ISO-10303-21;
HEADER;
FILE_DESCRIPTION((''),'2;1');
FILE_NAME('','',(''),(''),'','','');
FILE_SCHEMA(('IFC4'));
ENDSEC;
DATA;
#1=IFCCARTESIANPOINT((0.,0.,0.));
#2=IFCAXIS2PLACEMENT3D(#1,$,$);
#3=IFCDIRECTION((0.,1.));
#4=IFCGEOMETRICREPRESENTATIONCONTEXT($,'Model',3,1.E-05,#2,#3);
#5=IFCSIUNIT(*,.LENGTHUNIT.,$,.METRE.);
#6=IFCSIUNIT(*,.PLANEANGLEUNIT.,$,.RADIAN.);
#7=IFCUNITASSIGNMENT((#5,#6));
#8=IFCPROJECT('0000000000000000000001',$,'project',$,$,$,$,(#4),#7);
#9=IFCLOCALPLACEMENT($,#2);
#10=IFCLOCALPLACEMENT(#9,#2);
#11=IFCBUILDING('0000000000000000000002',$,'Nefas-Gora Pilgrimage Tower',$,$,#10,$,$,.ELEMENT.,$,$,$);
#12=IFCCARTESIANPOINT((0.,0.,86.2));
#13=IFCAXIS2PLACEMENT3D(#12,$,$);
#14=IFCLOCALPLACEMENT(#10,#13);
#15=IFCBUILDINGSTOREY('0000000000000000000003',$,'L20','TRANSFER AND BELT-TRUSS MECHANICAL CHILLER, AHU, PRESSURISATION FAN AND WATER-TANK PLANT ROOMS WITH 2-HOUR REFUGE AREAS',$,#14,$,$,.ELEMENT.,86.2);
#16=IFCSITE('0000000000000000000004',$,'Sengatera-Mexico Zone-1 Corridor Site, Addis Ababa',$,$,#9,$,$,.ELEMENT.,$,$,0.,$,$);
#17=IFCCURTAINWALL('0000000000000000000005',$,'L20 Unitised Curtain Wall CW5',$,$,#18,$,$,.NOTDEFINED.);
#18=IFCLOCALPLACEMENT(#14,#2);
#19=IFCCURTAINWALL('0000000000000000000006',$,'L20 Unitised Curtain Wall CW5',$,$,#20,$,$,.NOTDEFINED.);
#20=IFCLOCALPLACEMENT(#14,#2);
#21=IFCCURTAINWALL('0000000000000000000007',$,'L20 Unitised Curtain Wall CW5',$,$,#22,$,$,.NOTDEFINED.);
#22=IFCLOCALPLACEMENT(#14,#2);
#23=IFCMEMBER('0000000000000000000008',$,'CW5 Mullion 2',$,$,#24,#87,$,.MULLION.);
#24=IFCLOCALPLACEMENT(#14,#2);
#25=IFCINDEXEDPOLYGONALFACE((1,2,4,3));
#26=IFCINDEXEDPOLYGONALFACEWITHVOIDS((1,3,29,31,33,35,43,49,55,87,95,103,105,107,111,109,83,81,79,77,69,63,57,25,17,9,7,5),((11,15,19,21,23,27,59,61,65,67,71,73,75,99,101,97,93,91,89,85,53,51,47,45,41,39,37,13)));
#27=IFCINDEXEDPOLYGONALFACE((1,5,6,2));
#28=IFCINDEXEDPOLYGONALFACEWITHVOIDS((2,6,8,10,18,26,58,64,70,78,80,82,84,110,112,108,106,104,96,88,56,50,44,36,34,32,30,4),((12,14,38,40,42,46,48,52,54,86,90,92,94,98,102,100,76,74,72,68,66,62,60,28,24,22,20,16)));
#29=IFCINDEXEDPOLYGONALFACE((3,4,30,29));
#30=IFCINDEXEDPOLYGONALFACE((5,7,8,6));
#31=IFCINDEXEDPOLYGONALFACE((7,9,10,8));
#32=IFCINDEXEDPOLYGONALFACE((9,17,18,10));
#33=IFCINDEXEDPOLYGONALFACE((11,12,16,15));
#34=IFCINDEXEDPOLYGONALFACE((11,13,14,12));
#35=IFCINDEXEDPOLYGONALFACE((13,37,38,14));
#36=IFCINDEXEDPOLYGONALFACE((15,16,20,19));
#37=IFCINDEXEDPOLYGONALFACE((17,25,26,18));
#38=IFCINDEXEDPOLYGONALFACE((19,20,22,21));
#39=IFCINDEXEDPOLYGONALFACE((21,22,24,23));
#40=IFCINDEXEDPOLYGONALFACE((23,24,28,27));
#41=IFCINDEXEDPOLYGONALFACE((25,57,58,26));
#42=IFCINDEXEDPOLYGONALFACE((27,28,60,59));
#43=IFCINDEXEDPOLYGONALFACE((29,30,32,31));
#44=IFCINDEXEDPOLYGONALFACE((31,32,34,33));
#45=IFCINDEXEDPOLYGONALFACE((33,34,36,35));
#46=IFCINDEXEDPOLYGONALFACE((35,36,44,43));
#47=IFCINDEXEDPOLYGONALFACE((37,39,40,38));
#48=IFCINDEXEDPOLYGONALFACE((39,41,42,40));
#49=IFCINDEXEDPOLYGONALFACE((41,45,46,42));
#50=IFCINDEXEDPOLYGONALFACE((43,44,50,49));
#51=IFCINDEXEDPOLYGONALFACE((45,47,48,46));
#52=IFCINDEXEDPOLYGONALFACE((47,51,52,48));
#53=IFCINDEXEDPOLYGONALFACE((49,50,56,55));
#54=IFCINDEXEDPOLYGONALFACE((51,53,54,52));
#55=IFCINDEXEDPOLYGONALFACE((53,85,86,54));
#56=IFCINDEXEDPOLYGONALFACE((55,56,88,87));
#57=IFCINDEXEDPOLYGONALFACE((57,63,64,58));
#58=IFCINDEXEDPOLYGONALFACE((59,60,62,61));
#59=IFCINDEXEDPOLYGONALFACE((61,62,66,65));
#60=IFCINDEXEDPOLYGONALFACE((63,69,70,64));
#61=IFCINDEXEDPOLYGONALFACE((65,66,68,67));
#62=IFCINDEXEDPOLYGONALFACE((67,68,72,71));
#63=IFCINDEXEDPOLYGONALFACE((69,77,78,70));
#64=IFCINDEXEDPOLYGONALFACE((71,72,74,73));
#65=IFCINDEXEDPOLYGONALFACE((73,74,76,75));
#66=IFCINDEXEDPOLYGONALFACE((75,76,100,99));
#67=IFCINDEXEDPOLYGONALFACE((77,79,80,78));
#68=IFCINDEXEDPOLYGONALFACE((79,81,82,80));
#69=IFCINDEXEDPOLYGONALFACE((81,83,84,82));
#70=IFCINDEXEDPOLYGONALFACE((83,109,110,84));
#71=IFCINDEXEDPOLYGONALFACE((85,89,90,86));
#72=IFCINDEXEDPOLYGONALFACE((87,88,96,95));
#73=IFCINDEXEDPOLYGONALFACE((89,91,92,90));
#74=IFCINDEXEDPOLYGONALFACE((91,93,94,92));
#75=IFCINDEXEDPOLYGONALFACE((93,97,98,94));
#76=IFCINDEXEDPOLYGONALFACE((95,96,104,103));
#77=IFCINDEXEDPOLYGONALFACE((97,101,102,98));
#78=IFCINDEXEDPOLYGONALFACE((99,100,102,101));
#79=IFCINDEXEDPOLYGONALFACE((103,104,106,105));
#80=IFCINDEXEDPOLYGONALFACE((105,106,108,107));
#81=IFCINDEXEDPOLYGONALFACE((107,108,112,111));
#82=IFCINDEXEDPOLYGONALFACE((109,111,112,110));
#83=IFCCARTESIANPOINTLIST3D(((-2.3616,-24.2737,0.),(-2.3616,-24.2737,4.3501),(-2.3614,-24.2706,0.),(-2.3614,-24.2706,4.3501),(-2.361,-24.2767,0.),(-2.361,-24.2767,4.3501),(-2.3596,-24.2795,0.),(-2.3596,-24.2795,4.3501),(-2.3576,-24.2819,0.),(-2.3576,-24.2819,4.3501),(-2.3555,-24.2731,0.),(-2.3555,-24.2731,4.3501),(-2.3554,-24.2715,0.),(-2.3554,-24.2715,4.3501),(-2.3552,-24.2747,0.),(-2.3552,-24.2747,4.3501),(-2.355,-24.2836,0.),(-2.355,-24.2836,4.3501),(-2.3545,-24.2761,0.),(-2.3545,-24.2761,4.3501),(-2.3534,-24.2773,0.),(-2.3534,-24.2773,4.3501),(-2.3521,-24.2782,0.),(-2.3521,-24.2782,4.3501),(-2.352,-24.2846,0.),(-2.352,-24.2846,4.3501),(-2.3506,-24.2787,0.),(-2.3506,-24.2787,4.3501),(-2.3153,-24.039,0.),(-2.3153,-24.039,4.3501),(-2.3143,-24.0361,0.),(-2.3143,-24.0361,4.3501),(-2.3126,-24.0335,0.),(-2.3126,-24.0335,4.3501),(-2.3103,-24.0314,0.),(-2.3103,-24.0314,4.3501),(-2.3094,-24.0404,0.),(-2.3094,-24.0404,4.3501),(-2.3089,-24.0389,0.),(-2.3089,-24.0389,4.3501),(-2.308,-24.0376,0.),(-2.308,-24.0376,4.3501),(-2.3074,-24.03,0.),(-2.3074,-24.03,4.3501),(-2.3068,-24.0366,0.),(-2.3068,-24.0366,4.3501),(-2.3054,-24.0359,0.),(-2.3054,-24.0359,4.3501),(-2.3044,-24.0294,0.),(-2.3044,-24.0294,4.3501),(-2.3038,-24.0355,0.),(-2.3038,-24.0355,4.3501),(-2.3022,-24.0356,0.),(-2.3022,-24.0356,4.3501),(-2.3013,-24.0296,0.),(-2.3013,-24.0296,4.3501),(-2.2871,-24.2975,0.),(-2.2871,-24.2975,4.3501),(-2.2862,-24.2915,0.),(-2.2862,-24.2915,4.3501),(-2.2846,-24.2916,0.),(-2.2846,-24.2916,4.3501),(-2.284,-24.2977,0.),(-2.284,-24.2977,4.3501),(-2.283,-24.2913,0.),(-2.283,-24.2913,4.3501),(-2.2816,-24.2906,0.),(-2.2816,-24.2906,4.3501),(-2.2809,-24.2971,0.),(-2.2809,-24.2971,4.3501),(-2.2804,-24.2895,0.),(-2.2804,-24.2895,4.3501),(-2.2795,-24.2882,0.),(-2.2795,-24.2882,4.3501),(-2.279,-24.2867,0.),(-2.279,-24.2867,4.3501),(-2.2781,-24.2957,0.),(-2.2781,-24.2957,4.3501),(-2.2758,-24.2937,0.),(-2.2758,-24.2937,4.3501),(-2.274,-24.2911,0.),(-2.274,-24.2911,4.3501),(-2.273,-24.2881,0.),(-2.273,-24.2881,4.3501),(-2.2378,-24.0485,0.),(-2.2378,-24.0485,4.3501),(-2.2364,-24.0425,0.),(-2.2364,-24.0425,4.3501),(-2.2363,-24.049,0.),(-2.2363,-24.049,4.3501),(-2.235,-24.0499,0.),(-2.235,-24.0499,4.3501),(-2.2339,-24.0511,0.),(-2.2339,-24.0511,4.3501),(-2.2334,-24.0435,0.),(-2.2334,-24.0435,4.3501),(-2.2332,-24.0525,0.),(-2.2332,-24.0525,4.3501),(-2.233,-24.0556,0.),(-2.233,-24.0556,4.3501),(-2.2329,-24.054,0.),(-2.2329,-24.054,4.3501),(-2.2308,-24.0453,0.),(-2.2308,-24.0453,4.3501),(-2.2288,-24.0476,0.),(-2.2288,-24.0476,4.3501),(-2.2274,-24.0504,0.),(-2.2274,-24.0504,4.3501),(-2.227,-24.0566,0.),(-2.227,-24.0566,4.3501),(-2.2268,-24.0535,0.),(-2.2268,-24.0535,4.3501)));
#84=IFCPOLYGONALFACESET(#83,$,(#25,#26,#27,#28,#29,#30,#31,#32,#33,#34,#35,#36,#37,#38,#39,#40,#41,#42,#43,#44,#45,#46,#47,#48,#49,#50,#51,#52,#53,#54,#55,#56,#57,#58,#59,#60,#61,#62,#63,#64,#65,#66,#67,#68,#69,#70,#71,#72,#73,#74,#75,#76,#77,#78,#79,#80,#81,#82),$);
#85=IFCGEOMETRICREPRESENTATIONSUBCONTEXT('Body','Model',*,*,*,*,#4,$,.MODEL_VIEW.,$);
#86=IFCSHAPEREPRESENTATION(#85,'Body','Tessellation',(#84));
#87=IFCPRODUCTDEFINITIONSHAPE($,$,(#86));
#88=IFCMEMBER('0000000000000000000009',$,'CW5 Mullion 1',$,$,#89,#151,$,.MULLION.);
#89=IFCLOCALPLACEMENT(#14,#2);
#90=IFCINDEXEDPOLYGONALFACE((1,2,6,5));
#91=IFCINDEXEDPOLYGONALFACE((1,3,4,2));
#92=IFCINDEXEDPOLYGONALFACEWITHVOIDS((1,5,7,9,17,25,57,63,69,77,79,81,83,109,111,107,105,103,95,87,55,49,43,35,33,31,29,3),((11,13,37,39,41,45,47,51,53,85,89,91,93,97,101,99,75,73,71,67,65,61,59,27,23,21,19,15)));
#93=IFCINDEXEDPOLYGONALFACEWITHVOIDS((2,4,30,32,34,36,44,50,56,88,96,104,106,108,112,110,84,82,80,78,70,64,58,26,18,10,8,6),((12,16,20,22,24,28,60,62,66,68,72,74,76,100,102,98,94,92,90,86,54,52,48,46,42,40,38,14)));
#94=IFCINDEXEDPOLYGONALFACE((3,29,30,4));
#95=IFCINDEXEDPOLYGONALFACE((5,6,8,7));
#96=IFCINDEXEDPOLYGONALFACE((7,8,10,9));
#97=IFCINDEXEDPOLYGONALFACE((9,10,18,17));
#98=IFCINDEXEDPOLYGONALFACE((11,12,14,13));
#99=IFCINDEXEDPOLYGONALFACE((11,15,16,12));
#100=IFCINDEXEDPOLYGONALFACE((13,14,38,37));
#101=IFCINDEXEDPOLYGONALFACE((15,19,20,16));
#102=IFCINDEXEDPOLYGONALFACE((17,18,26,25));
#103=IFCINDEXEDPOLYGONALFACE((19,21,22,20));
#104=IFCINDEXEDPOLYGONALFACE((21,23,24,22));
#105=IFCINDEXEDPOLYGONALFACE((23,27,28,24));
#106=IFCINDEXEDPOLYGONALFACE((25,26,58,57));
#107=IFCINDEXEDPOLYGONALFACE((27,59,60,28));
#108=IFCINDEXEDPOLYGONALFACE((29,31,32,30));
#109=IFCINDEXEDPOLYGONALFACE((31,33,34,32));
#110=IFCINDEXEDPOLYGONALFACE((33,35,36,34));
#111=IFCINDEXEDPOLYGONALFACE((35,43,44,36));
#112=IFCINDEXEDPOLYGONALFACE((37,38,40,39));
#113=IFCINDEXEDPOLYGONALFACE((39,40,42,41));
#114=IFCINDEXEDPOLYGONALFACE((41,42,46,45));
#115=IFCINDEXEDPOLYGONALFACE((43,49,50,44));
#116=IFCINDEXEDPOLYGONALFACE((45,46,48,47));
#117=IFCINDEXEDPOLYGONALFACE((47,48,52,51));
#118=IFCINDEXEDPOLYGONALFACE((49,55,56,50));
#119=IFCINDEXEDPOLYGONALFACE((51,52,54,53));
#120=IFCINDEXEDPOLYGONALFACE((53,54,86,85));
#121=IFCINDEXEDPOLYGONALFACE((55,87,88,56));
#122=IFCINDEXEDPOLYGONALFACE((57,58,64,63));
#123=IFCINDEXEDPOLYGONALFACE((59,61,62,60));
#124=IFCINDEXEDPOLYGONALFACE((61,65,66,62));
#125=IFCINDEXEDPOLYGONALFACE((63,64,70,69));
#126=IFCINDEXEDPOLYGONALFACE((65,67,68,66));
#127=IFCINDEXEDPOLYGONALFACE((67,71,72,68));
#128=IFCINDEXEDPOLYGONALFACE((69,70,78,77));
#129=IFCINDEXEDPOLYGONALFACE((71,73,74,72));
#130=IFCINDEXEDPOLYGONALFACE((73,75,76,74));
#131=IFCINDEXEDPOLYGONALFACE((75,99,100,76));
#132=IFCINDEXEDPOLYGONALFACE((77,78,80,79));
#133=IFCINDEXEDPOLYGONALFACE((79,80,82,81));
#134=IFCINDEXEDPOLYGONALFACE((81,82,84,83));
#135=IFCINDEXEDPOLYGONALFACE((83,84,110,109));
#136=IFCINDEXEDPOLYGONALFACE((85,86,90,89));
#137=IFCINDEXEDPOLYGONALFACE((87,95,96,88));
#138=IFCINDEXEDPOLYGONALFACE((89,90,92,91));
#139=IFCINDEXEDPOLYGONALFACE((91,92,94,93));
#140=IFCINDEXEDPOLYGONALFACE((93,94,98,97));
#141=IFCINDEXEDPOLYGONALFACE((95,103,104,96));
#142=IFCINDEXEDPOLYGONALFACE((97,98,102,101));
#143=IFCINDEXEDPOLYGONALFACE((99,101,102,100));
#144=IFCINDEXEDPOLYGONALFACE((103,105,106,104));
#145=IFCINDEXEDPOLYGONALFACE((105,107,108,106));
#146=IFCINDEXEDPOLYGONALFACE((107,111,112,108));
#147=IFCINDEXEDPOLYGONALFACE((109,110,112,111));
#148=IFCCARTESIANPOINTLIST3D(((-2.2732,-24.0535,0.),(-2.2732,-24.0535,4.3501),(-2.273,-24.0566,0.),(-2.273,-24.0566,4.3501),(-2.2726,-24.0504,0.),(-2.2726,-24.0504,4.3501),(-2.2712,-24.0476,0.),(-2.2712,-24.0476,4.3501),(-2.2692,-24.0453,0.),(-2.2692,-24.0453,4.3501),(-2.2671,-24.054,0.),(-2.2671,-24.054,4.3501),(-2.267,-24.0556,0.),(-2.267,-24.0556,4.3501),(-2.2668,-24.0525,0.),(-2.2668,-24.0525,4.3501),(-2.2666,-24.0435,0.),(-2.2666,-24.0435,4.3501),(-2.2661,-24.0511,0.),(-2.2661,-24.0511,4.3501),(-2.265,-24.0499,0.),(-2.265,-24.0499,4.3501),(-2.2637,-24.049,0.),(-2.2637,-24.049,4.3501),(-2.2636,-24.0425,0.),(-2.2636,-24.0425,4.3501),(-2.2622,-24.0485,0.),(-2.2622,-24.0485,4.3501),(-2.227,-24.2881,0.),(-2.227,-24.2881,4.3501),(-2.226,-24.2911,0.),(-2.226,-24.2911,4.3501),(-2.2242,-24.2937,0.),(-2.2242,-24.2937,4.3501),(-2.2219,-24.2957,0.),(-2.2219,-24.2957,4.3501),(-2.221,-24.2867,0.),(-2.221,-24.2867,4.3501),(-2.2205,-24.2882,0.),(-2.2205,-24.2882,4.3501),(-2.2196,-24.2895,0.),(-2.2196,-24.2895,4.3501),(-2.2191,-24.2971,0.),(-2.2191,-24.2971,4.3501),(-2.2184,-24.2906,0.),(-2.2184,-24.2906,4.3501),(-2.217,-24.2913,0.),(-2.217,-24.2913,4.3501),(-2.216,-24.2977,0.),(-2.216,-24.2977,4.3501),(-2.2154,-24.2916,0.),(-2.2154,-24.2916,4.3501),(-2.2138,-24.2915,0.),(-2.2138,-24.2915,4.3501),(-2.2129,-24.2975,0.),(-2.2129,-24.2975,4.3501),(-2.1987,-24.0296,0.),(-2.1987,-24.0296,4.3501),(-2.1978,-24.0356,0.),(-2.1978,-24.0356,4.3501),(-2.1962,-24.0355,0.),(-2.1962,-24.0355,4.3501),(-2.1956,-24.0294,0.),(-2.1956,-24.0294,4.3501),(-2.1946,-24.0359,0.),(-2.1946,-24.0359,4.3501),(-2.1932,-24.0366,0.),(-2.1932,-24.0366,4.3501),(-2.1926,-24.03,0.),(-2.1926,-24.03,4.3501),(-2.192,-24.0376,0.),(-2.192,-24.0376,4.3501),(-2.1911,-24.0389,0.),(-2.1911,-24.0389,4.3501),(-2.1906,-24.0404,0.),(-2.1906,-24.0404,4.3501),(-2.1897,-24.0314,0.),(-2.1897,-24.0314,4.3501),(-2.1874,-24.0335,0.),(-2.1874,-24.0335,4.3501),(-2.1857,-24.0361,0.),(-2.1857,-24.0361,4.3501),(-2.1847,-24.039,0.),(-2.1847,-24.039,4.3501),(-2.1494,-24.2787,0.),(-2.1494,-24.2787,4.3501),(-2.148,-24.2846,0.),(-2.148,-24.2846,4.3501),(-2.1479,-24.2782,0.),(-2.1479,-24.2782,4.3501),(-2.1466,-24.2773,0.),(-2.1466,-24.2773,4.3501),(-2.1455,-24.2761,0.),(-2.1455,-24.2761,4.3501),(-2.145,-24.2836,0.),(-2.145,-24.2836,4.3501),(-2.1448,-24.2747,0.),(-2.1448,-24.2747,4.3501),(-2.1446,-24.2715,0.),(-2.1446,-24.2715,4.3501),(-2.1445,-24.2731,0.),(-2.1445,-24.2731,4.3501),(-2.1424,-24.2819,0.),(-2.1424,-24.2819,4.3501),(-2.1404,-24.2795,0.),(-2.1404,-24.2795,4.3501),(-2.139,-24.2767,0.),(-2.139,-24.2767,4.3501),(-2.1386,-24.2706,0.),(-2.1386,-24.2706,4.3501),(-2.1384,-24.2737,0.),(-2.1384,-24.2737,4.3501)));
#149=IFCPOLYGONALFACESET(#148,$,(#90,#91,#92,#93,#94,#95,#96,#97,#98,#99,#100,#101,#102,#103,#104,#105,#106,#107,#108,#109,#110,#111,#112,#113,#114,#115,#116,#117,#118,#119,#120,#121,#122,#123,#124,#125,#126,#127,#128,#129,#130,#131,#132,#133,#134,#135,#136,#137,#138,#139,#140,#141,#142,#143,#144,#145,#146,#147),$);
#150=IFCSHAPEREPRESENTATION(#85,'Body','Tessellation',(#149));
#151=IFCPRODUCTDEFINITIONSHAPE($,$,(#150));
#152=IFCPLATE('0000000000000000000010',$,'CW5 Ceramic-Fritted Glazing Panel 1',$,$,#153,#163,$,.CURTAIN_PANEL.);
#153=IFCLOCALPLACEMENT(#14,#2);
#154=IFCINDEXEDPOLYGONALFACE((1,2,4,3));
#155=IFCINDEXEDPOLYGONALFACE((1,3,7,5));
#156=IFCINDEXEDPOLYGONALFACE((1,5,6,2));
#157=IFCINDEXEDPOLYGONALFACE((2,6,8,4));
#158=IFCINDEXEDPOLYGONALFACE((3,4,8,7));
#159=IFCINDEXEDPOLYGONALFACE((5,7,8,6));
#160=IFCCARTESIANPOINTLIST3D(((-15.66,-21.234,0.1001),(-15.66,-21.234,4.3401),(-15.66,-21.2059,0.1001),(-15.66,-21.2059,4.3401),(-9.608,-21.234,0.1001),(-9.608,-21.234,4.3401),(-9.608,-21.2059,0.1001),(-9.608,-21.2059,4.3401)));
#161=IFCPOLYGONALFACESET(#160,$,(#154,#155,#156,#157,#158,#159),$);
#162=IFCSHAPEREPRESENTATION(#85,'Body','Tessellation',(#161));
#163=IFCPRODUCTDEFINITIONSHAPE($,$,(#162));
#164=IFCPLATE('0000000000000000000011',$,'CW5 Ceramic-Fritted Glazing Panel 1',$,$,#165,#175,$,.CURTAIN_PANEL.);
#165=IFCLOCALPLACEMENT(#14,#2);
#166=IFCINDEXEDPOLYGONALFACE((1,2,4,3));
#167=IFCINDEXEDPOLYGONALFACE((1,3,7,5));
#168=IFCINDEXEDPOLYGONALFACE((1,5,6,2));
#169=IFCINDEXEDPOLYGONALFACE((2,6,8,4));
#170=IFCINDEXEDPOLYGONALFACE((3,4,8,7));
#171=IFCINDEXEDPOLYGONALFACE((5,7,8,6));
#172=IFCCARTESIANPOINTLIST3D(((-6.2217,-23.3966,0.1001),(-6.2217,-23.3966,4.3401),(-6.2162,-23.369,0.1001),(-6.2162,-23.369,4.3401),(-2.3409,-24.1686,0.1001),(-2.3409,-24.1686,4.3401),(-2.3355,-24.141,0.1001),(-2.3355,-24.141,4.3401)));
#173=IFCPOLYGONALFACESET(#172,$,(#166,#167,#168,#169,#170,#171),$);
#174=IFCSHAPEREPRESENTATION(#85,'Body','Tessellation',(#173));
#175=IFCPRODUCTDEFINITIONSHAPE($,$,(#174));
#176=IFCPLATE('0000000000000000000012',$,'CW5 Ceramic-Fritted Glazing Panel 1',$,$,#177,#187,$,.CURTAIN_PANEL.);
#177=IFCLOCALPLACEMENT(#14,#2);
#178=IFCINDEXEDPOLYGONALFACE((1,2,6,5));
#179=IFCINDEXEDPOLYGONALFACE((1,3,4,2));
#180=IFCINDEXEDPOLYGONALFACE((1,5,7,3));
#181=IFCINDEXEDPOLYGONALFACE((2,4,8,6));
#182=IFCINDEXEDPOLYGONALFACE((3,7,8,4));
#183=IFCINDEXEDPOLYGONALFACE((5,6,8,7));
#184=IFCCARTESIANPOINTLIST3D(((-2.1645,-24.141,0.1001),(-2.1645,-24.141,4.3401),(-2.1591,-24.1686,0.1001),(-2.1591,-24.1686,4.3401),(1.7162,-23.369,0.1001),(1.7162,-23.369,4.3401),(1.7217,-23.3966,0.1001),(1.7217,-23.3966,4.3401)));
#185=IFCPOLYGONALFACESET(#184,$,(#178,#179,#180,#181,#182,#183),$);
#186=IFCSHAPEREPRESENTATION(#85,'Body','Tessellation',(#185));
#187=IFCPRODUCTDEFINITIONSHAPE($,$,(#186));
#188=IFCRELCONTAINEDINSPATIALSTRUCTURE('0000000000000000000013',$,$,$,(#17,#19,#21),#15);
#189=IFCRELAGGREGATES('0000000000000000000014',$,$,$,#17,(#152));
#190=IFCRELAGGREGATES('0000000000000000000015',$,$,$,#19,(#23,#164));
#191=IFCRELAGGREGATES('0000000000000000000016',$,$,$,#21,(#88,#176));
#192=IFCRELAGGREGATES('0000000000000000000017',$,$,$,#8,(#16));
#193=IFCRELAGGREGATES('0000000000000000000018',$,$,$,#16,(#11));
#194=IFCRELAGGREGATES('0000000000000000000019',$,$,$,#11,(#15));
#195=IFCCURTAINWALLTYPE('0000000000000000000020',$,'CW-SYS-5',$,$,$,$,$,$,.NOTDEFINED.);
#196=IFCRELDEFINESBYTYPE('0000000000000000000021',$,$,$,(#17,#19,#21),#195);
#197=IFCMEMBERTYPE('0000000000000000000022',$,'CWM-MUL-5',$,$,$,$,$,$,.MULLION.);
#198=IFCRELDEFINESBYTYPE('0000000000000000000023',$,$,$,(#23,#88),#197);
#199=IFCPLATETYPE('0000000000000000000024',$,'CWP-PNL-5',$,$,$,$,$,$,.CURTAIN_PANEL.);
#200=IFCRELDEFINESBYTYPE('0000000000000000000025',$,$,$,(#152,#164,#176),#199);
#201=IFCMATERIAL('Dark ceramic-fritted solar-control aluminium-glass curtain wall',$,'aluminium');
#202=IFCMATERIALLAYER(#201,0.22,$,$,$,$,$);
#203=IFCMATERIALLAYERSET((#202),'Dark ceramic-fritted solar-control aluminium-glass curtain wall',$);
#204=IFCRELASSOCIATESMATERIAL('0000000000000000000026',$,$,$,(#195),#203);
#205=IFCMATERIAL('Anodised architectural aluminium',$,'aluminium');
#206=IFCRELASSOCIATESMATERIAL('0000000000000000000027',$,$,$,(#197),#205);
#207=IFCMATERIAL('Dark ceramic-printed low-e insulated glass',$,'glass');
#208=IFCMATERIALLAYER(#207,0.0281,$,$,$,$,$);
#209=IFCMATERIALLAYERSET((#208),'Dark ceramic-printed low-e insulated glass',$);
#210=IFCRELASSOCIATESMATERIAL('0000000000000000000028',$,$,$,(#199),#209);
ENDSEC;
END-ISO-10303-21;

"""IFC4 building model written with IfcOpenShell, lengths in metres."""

from ifc_helpers import new_model, si_unit, direction, frame, origin, origin_2d, place, context, subcontext, project, spatial, rectangle, hollow_rectangle, extrude, source, transform, mapped, material, layer, layer_set, material_profile, profile_set, type_object, element, aggregate, save


model = new_model("IFC4")

# Units and contexts
model_context = context("Model", 3, precision=1e-05, world=origin(), true_north=direction((0.0, 1.0)))
body_context = subcontext(model_context, "Body", "Model", "MODEL_VIEW")
ifc_project = project(units=[si_unit("LENGTHUNIT", "METRE"), si_unit("PLANEANGLEUNIT", "RADIAN")], contexts=[model_context])

# Site, building, storey
site_placement = place(None, origin())
site = spatial("IfcSite", under=ifc_project, at=site_placement, Name="Sengatera-Mexico Zone-1 Corridor Site, Addis Ababa", CompositionType="ELEMENT", RefElevation=0.0)
building_placement = place(site_placement, origin())
building = spatial("IfcBuilding", under=site, at=building_placement, Name="Nefas-Gora Pilgrimage Tower", CompositionType="ELEMENT")
storey_placement = place(building_placement, frame((0.0, 0.0, 86.2)))
storey = spatial("IfcBuildingStorey", under=building, at=storey_placement, Name="L20", Description="TRANSFER AND BELT-TRUSS MECHANICAL CHILLER, AHU, PRESSURISATION FAN AND WATER-TANK PLANT ROOMS WITH 2-HOUR REFUGE AREAS", CompositionType="ELEMENT", Elevation=86.2)

# Curtain walls
ifc_material_1 = material(Name="Dark ceramic-fritted solar-control aluminium-glass curtain wall", Category="aluminium")
ifc_layer_1 = layer(ifc_material_1, 0.22)
ifc_layer_set_1 = layer_set([ifc_layer_1], Name="Dark ceramic-fritted solar-control aluminium-glass curtain wall")
curtain_wall_type = type_object("IfcCurtainWallType", Name="CW-SYS-5", PredefinedType="NOTDEFINED", material=ifc_layer_set_1)
curtain_wall_1_placement = place(storey_placement, origin())
curtain_wall_1 = element("IfcCurtainWall", 1, at=curtain_wall_1_placement, inside=storey, type_object=curtain_wall_type, Name="L20 Unitised Curtain Wall CW5", PredefinedType="NOTDEFINED")
ifc_material_2 = material(Name="Anodised architectural aluminium", Category="aluminium")
curtain_wall_2_placement = place(storey_placement, origin())
curtain_wall_2 = element("IfcCurtainWall", 2, at=curtain_wall_2_placement, inside=storey, type_object=curtain_wall_type, Name="L20 Unitised Curtain Wall CW5", PredefinedType="NOTDEFINED")
curtain_wall_3_placement = place(storey_placement, origin())
curtain_wall_3 = element("IfcCurtainWall", 3, at=curtain_wall_3_placement, inside=storey, type_object=curtain_wall_type, Name="L20 Unitised Curtain Wall CW5", PredefinedType="NOTDEFINED")

# Members
ifc_material_profile_1 = material_profile(ifc_material_2, hollow_rectangle(XDim=0.0901, YDim=0.26, WallThickness=0.0061, InnerFilletRadius=0.0061, OuterFilletRadius=0.012, at=origin_2d()), Name="ALU MULLION 90x260")
ifc_profile_set_1 = profile_set([ifc_material_profile_1], Name="Anodised architectural aluminium")
member_type_1 = type_object("IfcMemberType", Name="CWM-MUL-5", PredefinedType="MULLION", material=ifc_profile_set_1)
shared_shape_1 = source(origin(), body_context, "Body", "SweptSolid", [
    extrude(hollow_rectangle(XDim=0.0901, YDim=0.26, WallThickness=0.0061, InnerFilletRadius=0.0061, OuterFilletRadius=0.012, at=origin_2d()), origin(), (0.0, 0.0, 1.0), 4.3501),
])
member_1_placement = place(storey_placement, frame((-2.2942, -24.1636, 0.0), z_axis=(0.0, 0.0, 1.0), x_axis=(0.980783, -0.195102, 0.0)))
member_1 = element("IfcMember", 4, at=member_1_placement, type_object=member_type_1, Name="CW5 Mullion 2", PredefinedType="MULLION", context=body_context, shape_type="MappedRepresentation", body=[
    mapped(shared_shape_1, transform((0.0, 0.0, 0.0), x_axis=(1.0, 0.0, 0.0), y_axis=(0.0, 1.0, 0.0), z_axis=(0.0, 0.0, 1.0), scale=1.0)),
])
member_2_placement = place(storey_placement, frame((-2.2058, -24.1636, 0.0), z_axis=(0.0, 0.0, 1.0), x_axis=(0.980783, 0.195102, 0.0)))
member_2 = element("IfcMember", 5, at=member_2_placement, type_object=member_type_1, Name="CW5 Mullion 1", PredefinedType="MULLION", context=body_context, shape_type="MappedRepresentation", body=[
    mapped(shared_shape_1, transform((0.0, 0.0, 0.0), x_axis=(1.0, 0.0, 0.0), y_axis=(0.0, 1.0, 0.0), z_axis=(0.0, 0.0, 1.0), scale=1.0)),
])

# Plates
ifc_material_3 = material(Name="Dark ceramic-printed low-e insulated glass", Category="glass")
ifc_layer_2 = layer(ifc_material_3, 0.0281)
ifc_layer_set_2 = layer_set([ifc_layer_2], Name="Dark ceramic-printed low-e insulated glass")
plate_type = type_object("IfcPlateType", Name="CWP-PNL-5", PredefinedType="CURTAIN_PANEL", material=ifc_layer_set_2)
shared_shape_2 = source(origin(), body_context, "Body", "SweptSolid", [
    extrude(rectangle(XDim=6.052, YDim=0.0281, at=origin_2d()), origin(), (0.0, 0.0, 1.0), 4.24),
])
plate_1_placement = place(storey_placement, frame((-12.634, -21.22, 0.1001), z_axis=(0.0, 0.0, 1.0), x_axis=(1.0, 0.0, 0.0)))
plate_1 = element("IfcPlate", 6, at=plate_1_placement, type_object=plate_type, Name="CW5 Ceramic-Fritted Glazing Panel 1", PredefinedType="CURTAIN_PANEL", context=body_context, shape_type="MappedRepresentation", body=[
    mapped(shared_shape_2, transform((0.0, 0.0, 0.0), x_axis=(1.0, 0.0, 0.0), y_axis=(0.0, 1.0, 0.0), z_axis=(0.0, 0.0, 1.0), scale=1.0)),
])
aggregate(curtain_wall_1, [plate_1])
shared_shape_3 = source(origin(), body_context, "Body", "SweptSolid", [
    extrude(rectangle(XDim=3.9568, YDim=0.0281, at=origin_2d()), origin(), (0.0, 0.0, 1.0), 4.24),
])
plate_2_placement = place(storey_placement, frame((-4.2786, -23.7688, 0.1001), z_axis=(0.0, 0.0, 1.0), x_axis=(0.980783, -0.195102, 0.0)))
plate_2 = element("IfcPlate", 7, at=plate_2_placement, type_object=plate_type, Name="CW5 Ceramic-Fritted Glazing Panel 1", PredefinedType="CURTAIN_PANEL", context=body_context, shape_type="MappedRepresentation", body=[
    mapped(shared_shape_3, transform((0.0, 0.0, 0.0), x_axis=(1.0, 0.0, 0.0), y_axis=(0.0, 1.0, 0.0), z_axis=(0.0, 0.0, 1.0), scale=1.0)),
])
aggregate(curtain_wall_2, [member_1, plate_2])
plate_3_placement = place(storey_placement, frame((-0.2214, -23.7688, 0.1001), z_axis=(0.0, 0.0, 1.0), x_axis=(0.980783, 0.195102, 0.0)))
plate_3 = element("IfcPlate", 8, at=plate_3_placement, type_object=plate_type, Name="CW5 Ceramic-Fritted Glazing Panel 1", PredefinedType="CURTAIN_PANEL", context=body_context, shape_type="MappedRepresentation", body=[
    mapped(shared_shape_3, transform((0.0, 0.0, 0.0), x_axis=(1.0, 0.0, 0.0), y_axis=(0.0, 1.0, 0.0), z_axis=(0.0, 0.0, 1.0), scale=1.0)),
])
aggregate(curtain_wall_3, [member_2, plate_3])

save(model, "model.ifc")
